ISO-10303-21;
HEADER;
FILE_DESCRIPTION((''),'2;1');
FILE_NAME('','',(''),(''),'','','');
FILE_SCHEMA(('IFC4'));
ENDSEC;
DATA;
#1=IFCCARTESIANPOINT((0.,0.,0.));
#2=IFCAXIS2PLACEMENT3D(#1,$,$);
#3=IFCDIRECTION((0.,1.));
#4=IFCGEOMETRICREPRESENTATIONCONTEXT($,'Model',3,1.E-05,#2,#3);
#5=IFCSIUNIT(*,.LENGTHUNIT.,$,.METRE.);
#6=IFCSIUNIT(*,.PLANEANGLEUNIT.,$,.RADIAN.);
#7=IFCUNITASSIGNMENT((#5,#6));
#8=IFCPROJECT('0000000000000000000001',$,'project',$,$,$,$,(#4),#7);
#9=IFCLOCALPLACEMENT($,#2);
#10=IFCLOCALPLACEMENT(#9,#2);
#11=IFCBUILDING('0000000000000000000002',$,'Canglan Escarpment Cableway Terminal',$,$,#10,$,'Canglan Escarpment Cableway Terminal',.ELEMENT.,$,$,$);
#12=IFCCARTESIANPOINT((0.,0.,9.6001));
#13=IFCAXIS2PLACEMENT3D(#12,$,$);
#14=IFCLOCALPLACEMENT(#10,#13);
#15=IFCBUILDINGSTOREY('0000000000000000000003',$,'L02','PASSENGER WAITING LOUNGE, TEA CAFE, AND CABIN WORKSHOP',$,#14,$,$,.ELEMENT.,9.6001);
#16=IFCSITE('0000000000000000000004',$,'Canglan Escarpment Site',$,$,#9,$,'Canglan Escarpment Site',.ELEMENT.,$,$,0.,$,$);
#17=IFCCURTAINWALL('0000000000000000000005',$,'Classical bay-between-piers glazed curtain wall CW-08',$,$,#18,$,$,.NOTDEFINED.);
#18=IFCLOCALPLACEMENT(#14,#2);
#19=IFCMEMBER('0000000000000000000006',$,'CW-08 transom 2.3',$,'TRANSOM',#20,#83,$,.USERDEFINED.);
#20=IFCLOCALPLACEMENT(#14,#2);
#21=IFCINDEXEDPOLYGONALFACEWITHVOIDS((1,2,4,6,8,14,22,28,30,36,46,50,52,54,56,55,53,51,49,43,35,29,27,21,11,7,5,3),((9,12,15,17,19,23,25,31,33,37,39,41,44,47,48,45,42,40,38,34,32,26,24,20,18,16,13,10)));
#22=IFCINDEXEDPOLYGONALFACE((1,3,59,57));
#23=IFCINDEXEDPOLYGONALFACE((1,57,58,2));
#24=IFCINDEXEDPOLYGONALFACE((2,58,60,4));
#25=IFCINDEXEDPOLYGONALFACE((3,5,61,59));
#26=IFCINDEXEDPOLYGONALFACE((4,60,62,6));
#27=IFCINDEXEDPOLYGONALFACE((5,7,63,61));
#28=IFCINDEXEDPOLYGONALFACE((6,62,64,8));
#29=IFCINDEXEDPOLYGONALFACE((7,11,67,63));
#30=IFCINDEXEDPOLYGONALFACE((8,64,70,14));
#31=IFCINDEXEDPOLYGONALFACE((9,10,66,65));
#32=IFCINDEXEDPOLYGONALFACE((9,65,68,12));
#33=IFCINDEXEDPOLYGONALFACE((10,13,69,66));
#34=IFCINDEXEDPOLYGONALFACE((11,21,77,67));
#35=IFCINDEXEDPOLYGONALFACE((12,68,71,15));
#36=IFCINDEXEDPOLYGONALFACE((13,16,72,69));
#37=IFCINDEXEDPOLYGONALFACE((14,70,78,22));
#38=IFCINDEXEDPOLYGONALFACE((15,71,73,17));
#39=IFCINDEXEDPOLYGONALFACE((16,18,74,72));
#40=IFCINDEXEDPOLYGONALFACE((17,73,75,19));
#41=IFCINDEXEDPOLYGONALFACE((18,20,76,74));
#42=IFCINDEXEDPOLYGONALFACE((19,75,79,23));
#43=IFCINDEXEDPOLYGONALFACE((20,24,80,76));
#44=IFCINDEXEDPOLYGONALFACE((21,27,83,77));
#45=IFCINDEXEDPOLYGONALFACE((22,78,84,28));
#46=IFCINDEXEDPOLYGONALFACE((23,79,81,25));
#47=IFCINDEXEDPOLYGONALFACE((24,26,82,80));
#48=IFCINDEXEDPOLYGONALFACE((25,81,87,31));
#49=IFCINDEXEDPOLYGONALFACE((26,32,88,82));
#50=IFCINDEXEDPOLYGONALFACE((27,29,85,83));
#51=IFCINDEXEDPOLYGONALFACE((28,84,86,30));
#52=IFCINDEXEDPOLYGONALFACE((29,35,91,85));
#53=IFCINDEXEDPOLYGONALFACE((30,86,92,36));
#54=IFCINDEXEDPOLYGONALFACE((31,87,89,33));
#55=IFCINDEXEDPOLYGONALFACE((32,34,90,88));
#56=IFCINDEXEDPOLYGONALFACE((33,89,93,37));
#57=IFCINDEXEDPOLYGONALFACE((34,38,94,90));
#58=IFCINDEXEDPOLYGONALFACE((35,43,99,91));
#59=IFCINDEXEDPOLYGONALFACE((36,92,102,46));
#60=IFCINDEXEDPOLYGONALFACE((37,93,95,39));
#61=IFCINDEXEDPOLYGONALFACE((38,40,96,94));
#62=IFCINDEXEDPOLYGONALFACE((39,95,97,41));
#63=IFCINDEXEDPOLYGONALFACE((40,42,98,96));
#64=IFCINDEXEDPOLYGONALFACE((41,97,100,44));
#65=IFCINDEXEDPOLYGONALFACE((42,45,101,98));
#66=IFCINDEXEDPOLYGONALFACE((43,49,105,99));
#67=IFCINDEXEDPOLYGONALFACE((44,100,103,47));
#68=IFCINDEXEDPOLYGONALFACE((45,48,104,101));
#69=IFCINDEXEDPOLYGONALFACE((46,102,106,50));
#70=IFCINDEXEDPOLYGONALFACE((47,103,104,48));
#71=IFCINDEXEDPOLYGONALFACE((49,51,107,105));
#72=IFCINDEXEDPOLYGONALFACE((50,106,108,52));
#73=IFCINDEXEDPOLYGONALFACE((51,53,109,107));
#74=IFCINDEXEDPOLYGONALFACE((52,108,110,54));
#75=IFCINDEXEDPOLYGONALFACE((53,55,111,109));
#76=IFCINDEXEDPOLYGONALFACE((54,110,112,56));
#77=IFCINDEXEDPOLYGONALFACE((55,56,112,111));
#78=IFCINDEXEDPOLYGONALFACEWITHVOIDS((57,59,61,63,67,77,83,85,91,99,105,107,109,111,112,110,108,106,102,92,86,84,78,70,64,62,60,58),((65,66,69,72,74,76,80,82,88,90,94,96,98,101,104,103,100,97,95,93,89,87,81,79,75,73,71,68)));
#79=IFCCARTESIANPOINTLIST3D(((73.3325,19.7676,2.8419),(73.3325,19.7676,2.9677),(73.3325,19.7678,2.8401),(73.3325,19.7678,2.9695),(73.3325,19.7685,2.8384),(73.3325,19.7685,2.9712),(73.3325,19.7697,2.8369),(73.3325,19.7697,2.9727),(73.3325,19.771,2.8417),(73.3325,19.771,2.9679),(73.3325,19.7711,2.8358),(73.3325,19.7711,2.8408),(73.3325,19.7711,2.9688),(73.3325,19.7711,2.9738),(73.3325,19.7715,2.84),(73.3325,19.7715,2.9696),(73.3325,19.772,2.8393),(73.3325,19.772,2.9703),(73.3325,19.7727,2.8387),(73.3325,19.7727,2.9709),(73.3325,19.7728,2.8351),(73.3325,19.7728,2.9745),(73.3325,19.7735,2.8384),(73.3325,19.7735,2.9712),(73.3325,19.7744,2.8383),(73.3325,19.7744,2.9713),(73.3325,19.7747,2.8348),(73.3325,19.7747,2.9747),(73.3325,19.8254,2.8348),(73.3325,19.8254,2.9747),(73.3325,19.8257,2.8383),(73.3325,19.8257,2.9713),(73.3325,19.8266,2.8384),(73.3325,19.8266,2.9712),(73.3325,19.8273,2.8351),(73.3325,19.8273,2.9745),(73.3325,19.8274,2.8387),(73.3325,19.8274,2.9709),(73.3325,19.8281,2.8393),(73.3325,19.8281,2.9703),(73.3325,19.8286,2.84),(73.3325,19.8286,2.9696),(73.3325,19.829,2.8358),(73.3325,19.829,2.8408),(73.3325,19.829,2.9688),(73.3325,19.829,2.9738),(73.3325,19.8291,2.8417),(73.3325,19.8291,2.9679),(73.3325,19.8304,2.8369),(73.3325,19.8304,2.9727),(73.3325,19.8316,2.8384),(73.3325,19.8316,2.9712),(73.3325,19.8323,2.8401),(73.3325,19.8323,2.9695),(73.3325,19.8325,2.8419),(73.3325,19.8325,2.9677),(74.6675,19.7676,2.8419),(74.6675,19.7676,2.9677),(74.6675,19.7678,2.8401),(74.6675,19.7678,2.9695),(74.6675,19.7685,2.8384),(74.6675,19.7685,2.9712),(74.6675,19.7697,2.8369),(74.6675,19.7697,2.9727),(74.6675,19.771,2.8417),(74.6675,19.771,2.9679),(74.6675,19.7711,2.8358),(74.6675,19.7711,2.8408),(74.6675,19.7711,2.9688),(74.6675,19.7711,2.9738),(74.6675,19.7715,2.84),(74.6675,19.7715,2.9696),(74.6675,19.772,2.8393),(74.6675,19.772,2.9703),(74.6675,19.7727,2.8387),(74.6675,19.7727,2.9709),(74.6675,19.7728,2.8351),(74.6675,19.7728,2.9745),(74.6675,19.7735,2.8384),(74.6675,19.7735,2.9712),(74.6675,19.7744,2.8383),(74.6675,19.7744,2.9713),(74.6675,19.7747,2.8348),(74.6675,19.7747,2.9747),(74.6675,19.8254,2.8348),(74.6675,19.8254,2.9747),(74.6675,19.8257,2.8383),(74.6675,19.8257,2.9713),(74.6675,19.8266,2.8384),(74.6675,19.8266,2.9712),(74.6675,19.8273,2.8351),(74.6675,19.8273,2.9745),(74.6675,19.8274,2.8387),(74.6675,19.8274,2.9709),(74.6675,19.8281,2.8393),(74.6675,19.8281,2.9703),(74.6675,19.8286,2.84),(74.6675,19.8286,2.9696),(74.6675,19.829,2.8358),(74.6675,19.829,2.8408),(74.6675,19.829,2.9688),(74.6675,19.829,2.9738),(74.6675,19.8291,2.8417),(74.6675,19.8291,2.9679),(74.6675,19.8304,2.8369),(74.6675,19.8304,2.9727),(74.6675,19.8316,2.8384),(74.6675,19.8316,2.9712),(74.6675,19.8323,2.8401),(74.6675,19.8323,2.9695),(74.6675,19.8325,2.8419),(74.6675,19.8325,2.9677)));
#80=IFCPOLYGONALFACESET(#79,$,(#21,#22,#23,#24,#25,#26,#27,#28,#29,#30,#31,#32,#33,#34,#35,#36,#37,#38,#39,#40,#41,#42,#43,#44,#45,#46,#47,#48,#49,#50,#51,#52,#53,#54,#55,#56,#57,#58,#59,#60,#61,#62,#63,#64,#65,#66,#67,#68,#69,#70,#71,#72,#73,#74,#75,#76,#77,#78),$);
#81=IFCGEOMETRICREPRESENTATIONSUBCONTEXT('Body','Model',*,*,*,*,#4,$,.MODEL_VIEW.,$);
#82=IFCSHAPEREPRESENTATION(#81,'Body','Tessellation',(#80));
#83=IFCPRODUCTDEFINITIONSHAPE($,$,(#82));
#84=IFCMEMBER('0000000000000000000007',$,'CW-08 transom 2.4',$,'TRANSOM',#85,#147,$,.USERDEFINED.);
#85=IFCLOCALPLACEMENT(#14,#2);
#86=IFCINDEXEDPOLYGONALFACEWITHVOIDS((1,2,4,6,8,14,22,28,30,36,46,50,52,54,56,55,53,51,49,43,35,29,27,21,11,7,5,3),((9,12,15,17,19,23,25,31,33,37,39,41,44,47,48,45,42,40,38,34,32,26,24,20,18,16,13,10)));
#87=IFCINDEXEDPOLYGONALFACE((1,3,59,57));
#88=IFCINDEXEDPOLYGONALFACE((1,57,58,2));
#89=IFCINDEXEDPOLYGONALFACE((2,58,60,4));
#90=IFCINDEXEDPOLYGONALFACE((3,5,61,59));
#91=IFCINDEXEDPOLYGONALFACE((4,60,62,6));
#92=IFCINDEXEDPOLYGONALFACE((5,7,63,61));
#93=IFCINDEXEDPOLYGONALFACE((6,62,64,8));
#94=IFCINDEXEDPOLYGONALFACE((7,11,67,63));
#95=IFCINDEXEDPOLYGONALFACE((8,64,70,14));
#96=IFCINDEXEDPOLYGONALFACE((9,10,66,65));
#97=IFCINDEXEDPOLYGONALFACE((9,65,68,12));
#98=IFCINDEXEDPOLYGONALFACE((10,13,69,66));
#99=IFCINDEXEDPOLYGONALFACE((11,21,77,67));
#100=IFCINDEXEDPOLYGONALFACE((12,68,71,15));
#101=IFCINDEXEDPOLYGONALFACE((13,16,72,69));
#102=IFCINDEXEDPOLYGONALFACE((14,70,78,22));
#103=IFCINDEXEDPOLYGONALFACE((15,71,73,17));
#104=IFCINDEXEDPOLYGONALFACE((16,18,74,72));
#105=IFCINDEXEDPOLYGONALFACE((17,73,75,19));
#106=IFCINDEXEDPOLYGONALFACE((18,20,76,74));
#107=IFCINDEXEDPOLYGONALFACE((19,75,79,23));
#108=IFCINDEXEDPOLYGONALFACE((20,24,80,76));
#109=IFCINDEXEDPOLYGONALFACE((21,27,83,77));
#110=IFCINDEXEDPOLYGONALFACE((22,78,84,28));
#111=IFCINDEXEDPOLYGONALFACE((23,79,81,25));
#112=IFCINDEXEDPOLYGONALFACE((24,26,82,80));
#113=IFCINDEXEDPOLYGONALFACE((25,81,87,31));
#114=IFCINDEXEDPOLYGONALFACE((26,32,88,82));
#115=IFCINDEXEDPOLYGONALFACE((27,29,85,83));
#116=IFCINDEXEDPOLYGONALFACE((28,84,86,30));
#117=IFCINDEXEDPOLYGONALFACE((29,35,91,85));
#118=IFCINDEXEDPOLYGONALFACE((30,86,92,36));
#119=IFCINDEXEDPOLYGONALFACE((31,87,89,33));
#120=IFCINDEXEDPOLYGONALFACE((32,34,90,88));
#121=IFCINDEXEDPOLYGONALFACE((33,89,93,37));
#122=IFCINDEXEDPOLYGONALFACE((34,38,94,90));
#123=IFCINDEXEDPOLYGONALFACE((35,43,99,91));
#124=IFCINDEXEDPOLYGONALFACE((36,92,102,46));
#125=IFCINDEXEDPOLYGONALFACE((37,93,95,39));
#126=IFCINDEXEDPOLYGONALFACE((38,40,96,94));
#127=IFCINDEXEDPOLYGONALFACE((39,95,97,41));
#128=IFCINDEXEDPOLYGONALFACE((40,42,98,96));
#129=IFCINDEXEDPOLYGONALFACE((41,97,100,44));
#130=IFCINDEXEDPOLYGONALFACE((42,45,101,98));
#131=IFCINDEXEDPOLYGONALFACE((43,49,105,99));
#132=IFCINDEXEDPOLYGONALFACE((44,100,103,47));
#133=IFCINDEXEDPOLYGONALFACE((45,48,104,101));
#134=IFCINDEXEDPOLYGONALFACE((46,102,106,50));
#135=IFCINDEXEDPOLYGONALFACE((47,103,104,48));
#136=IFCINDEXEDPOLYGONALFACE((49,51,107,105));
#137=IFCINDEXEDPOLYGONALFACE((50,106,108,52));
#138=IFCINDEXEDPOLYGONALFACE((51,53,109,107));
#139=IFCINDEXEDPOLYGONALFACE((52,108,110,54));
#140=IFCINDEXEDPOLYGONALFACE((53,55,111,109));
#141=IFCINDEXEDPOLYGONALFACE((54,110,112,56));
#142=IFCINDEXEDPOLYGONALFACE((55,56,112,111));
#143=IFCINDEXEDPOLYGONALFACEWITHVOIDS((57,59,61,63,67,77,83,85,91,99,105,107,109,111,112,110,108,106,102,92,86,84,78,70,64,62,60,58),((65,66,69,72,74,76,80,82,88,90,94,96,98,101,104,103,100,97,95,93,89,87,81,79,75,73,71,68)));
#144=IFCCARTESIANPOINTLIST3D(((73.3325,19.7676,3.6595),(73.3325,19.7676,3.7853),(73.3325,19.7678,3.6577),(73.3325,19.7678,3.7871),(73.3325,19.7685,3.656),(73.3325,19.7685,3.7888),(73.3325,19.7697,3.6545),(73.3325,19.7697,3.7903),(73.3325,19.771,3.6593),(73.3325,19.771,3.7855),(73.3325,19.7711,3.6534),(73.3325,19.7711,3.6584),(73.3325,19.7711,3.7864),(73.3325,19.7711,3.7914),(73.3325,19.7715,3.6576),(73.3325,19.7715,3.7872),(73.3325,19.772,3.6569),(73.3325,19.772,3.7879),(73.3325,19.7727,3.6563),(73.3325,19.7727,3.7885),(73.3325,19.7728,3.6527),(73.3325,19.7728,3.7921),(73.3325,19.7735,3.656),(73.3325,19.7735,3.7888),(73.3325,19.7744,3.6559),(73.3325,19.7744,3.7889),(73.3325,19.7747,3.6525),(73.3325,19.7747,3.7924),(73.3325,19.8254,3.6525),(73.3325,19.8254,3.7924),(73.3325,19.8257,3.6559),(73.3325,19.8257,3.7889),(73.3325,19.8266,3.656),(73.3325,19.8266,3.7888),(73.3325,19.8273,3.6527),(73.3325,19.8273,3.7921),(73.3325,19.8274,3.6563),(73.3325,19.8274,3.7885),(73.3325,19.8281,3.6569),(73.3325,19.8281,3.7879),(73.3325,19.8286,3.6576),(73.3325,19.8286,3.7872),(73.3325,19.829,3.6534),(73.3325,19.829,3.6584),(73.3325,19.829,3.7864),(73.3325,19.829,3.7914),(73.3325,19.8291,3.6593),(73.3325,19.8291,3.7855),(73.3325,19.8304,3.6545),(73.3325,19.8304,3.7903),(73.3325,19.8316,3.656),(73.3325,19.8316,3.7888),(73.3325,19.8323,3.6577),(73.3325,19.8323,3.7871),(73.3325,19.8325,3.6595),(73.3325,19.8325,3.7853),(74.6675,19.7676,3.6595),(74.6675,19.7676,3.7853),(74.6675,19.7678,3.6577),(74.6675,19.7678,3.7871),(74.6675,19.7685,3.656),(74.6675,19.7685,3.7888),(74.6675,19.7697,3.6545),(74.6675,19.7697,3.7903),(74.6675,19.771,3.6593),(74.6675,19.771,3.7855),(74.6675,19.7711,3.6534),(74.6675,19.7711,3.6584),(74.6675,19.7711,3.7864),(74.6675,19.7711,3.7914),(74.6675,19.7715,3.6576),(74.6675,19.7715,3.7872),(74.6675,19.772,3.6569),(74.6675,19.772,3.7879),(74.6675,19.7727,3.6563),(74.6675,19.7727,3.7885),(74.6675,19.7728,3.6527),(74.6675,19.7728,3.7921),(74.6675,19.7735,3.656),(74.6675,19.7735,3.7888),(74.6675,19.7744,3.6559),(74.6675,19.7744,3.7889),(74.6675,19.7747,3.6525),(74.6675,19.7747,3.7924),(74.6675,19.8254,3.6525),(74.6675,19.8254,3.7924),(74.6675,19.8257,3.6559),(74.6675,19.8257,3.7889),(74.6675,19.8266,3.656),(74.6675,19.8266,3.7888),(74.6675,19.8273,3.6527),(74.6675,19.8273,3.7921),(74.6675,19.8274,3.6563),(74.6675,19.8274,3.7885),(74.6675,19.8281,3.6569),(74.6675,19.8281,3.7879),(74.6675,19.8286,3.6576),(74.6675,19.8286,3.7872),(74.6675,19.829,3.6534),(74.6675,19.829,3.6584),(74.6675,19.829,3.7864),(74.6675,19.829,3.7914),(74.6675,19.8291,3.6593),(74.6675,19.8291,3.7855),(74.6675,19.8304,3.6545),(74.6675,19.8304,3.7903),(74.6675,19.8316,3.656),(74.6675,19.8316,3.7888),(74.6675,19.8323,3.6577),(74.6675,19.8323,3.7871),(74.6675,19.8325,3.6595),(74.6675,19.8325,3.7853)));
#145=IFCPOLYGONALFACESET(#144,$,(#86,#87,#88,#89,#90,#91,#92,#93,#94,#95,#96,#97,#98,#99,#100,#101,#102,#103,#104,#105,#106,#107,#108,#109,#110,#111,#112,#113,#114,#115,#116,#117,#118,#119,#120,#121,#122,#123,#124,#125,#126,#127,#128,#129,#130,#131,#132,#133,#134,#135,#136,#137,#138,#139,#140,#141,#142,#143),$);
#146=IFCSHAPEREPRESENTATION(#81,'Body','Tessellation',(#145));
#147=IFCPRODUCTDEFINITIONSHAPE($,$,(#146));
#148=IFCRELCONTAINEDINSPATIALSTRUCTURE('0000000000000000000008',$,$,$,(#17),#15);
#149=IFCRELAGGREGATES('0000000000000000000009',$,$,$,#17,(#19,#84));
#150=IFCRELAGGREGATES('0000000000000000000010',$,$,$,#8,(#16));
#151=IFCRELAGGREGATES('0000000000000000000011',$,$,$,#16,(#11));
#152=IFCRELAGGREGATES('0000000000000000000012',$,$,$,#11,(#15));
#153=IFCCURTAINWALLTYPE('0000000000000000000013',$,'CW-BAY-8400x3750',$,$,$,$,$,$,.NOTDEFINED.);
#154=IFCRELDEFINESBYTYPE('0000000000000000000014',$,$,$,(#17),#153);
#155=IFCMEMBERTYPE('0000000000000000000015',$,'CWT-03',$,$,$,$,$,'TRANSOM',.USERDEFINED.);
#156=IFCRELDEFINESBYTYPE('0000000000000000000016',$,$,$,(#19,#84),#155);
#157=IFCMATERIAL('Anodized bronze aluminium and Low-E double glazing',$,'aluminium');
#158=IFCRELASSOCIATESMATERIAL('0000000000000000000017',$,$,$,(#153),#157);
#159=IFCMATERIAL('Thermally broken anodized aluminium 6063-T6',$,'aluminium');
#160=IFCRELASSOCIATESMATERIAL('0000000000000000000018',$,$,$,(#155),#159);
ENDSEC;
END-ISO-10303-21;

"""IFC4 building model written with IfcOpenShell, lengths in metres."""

from ifc_helpers import new_model, si_unit, direction, frame, origin, origin_2d, place, context, subcontext, project, spatial, hollow_rectangle, extrude, material, material_profile, profile_set, type_object, element, aggregate, save


model = new_model("IFC4")

# Units and contexts
model_context = context("Model", 3, precision=1e-05, world=origin(), true_north=direction((0.0, 1.0)))
body_context = subcontext(model_context, "Body", "Model", "MODEL_VIEW")
ifc_project = project(units=[si_unit("LENGTHUNIT", "METRE"), si_unit("PLANEANGLEUNIT", "RADIAN")], contexts=[model_context])

# Site, building, storey
site_placement = place(None, origin())
site = spatial("IfcSite", under=ifc_project, at=site_placement, Name="Canglan Escarpment Site", LongName="Canglan Escarpment Site", CompositionType="ELEMENT", RefElevation=0.0)
building_placement = place(site_placement, origin())
building = spatial("IfcBuilding", under=site, at=building_placement, Name="Canglan Escarpment Cableway Terminal", LongName="Canglan Escarpment Cableway Terminal", CompositionType="ELEMENT")
storey_placement = place(building_placement, frame((0.0, 0.0, 9.6001)))
storey = spatial("IfcBuildingStorey", under=building, at=storey_placement, Name="L02", Description="PASSENGER WAITING LOUNGE, TEA CAFE, AND CABIN WORKSHOP", CompositionType="ELEMENT", Elevation=9.6001)

# Curtain wall, members
ifc_material_1 = material(Name="Anodized bronze aluminium and Low-E double glazing", Category="aluminium")
curtain_wall_type = type_object("IfcCurtainWallType", Name="CW-BAY-8400x3750", PredefinedType="NOTDEFINED", material=ifc_material_1)
curtain_wall_placement = place(storey_placement, origin())
curtain_wall = element("IfcCurtainWall", 1, at=curtain_wall_placement, inside=storey, type_object=curtain_wall_type, Name="Classical bay-between-piers glazed curtain wall CW-08", PredefinedType="NOTDEFINED")
ifc_material_2 = material(Name="Thermally broken anodized aluminium 6063-T6", Category="aluminium")
ifc_material_profile_1 = material_profile(ifc_material_2, hollow_rectangle(XDim=0.0649, YDim=0.1399, WallThickness=0.0034, InnerFilletRadius=0.0034, OuterFilletRadius=0.0071, at=origin_2d()), Name="ALU-TRAN 65x140x3.5")
ifc_profile_set_1 = profile_set([ifc_material_profile_1], Name="Thermally broken anodized aluminium 6063-T6")
member_type_1 = type_object("IfcMemberType", Name="CWT-03", ElementType="TRANSOM", PredefinedType="USERDEFINED", material=ifc_profile_set_1)
member_1_placement = place(storey_placement, frame((74.6675, 19.8, 2.9048), z_axis=(-1.0, 0.0, 0.0), x_axis=(0.0, -1.0, 0.0)))
member_1 = element("IfcMember", 2, at=member_1_placement, type_object=member_type_1, Name="CW-08 transom 2.3", ObjectType="TRANSOM", PredefinedType="USERDEFINED", context=body_context, shape_type="SweptSolid", body=[
    extrude(hollow_rectangle(XDim=0.0649, YDim=0.1399, WallThickness=0.0034, InnerFilletRadius=0.0034, OuterFilletRadius=0.0071, at=origin_2d()), origin(), (0.0, 0.0, 1.0), 1.335),
])
member_2_placement = place(storey_placement, frame((74.6675, 19.8, 3.7224), z_axis=(-1.0, 0.0, 0.0), x_axis=(0.0, -1.0, 0.0)))
member_2 = element("IfcMember", 3, at=member_2_placement, type_object=member_type_1, Name="CW-08 transom 2.4", ObjectType="TRANSOM", PredefinedType="USERDEFINED", context=body_context, shape_type="SweptSolid", body=[
    extrude(hollow_rectangle(XDim=0.0649, YDim=0.1399, WallThickness=0.0034, InnerFilletRadius=0.0034, OuterFilletRadius=0.0071, at=origin_2d()), origin(), (0.0, 0.0, 1.0), 1.335),
])

aggregate(curtain_wall, [member_1, member_2])

save(model, "model.ifc")
